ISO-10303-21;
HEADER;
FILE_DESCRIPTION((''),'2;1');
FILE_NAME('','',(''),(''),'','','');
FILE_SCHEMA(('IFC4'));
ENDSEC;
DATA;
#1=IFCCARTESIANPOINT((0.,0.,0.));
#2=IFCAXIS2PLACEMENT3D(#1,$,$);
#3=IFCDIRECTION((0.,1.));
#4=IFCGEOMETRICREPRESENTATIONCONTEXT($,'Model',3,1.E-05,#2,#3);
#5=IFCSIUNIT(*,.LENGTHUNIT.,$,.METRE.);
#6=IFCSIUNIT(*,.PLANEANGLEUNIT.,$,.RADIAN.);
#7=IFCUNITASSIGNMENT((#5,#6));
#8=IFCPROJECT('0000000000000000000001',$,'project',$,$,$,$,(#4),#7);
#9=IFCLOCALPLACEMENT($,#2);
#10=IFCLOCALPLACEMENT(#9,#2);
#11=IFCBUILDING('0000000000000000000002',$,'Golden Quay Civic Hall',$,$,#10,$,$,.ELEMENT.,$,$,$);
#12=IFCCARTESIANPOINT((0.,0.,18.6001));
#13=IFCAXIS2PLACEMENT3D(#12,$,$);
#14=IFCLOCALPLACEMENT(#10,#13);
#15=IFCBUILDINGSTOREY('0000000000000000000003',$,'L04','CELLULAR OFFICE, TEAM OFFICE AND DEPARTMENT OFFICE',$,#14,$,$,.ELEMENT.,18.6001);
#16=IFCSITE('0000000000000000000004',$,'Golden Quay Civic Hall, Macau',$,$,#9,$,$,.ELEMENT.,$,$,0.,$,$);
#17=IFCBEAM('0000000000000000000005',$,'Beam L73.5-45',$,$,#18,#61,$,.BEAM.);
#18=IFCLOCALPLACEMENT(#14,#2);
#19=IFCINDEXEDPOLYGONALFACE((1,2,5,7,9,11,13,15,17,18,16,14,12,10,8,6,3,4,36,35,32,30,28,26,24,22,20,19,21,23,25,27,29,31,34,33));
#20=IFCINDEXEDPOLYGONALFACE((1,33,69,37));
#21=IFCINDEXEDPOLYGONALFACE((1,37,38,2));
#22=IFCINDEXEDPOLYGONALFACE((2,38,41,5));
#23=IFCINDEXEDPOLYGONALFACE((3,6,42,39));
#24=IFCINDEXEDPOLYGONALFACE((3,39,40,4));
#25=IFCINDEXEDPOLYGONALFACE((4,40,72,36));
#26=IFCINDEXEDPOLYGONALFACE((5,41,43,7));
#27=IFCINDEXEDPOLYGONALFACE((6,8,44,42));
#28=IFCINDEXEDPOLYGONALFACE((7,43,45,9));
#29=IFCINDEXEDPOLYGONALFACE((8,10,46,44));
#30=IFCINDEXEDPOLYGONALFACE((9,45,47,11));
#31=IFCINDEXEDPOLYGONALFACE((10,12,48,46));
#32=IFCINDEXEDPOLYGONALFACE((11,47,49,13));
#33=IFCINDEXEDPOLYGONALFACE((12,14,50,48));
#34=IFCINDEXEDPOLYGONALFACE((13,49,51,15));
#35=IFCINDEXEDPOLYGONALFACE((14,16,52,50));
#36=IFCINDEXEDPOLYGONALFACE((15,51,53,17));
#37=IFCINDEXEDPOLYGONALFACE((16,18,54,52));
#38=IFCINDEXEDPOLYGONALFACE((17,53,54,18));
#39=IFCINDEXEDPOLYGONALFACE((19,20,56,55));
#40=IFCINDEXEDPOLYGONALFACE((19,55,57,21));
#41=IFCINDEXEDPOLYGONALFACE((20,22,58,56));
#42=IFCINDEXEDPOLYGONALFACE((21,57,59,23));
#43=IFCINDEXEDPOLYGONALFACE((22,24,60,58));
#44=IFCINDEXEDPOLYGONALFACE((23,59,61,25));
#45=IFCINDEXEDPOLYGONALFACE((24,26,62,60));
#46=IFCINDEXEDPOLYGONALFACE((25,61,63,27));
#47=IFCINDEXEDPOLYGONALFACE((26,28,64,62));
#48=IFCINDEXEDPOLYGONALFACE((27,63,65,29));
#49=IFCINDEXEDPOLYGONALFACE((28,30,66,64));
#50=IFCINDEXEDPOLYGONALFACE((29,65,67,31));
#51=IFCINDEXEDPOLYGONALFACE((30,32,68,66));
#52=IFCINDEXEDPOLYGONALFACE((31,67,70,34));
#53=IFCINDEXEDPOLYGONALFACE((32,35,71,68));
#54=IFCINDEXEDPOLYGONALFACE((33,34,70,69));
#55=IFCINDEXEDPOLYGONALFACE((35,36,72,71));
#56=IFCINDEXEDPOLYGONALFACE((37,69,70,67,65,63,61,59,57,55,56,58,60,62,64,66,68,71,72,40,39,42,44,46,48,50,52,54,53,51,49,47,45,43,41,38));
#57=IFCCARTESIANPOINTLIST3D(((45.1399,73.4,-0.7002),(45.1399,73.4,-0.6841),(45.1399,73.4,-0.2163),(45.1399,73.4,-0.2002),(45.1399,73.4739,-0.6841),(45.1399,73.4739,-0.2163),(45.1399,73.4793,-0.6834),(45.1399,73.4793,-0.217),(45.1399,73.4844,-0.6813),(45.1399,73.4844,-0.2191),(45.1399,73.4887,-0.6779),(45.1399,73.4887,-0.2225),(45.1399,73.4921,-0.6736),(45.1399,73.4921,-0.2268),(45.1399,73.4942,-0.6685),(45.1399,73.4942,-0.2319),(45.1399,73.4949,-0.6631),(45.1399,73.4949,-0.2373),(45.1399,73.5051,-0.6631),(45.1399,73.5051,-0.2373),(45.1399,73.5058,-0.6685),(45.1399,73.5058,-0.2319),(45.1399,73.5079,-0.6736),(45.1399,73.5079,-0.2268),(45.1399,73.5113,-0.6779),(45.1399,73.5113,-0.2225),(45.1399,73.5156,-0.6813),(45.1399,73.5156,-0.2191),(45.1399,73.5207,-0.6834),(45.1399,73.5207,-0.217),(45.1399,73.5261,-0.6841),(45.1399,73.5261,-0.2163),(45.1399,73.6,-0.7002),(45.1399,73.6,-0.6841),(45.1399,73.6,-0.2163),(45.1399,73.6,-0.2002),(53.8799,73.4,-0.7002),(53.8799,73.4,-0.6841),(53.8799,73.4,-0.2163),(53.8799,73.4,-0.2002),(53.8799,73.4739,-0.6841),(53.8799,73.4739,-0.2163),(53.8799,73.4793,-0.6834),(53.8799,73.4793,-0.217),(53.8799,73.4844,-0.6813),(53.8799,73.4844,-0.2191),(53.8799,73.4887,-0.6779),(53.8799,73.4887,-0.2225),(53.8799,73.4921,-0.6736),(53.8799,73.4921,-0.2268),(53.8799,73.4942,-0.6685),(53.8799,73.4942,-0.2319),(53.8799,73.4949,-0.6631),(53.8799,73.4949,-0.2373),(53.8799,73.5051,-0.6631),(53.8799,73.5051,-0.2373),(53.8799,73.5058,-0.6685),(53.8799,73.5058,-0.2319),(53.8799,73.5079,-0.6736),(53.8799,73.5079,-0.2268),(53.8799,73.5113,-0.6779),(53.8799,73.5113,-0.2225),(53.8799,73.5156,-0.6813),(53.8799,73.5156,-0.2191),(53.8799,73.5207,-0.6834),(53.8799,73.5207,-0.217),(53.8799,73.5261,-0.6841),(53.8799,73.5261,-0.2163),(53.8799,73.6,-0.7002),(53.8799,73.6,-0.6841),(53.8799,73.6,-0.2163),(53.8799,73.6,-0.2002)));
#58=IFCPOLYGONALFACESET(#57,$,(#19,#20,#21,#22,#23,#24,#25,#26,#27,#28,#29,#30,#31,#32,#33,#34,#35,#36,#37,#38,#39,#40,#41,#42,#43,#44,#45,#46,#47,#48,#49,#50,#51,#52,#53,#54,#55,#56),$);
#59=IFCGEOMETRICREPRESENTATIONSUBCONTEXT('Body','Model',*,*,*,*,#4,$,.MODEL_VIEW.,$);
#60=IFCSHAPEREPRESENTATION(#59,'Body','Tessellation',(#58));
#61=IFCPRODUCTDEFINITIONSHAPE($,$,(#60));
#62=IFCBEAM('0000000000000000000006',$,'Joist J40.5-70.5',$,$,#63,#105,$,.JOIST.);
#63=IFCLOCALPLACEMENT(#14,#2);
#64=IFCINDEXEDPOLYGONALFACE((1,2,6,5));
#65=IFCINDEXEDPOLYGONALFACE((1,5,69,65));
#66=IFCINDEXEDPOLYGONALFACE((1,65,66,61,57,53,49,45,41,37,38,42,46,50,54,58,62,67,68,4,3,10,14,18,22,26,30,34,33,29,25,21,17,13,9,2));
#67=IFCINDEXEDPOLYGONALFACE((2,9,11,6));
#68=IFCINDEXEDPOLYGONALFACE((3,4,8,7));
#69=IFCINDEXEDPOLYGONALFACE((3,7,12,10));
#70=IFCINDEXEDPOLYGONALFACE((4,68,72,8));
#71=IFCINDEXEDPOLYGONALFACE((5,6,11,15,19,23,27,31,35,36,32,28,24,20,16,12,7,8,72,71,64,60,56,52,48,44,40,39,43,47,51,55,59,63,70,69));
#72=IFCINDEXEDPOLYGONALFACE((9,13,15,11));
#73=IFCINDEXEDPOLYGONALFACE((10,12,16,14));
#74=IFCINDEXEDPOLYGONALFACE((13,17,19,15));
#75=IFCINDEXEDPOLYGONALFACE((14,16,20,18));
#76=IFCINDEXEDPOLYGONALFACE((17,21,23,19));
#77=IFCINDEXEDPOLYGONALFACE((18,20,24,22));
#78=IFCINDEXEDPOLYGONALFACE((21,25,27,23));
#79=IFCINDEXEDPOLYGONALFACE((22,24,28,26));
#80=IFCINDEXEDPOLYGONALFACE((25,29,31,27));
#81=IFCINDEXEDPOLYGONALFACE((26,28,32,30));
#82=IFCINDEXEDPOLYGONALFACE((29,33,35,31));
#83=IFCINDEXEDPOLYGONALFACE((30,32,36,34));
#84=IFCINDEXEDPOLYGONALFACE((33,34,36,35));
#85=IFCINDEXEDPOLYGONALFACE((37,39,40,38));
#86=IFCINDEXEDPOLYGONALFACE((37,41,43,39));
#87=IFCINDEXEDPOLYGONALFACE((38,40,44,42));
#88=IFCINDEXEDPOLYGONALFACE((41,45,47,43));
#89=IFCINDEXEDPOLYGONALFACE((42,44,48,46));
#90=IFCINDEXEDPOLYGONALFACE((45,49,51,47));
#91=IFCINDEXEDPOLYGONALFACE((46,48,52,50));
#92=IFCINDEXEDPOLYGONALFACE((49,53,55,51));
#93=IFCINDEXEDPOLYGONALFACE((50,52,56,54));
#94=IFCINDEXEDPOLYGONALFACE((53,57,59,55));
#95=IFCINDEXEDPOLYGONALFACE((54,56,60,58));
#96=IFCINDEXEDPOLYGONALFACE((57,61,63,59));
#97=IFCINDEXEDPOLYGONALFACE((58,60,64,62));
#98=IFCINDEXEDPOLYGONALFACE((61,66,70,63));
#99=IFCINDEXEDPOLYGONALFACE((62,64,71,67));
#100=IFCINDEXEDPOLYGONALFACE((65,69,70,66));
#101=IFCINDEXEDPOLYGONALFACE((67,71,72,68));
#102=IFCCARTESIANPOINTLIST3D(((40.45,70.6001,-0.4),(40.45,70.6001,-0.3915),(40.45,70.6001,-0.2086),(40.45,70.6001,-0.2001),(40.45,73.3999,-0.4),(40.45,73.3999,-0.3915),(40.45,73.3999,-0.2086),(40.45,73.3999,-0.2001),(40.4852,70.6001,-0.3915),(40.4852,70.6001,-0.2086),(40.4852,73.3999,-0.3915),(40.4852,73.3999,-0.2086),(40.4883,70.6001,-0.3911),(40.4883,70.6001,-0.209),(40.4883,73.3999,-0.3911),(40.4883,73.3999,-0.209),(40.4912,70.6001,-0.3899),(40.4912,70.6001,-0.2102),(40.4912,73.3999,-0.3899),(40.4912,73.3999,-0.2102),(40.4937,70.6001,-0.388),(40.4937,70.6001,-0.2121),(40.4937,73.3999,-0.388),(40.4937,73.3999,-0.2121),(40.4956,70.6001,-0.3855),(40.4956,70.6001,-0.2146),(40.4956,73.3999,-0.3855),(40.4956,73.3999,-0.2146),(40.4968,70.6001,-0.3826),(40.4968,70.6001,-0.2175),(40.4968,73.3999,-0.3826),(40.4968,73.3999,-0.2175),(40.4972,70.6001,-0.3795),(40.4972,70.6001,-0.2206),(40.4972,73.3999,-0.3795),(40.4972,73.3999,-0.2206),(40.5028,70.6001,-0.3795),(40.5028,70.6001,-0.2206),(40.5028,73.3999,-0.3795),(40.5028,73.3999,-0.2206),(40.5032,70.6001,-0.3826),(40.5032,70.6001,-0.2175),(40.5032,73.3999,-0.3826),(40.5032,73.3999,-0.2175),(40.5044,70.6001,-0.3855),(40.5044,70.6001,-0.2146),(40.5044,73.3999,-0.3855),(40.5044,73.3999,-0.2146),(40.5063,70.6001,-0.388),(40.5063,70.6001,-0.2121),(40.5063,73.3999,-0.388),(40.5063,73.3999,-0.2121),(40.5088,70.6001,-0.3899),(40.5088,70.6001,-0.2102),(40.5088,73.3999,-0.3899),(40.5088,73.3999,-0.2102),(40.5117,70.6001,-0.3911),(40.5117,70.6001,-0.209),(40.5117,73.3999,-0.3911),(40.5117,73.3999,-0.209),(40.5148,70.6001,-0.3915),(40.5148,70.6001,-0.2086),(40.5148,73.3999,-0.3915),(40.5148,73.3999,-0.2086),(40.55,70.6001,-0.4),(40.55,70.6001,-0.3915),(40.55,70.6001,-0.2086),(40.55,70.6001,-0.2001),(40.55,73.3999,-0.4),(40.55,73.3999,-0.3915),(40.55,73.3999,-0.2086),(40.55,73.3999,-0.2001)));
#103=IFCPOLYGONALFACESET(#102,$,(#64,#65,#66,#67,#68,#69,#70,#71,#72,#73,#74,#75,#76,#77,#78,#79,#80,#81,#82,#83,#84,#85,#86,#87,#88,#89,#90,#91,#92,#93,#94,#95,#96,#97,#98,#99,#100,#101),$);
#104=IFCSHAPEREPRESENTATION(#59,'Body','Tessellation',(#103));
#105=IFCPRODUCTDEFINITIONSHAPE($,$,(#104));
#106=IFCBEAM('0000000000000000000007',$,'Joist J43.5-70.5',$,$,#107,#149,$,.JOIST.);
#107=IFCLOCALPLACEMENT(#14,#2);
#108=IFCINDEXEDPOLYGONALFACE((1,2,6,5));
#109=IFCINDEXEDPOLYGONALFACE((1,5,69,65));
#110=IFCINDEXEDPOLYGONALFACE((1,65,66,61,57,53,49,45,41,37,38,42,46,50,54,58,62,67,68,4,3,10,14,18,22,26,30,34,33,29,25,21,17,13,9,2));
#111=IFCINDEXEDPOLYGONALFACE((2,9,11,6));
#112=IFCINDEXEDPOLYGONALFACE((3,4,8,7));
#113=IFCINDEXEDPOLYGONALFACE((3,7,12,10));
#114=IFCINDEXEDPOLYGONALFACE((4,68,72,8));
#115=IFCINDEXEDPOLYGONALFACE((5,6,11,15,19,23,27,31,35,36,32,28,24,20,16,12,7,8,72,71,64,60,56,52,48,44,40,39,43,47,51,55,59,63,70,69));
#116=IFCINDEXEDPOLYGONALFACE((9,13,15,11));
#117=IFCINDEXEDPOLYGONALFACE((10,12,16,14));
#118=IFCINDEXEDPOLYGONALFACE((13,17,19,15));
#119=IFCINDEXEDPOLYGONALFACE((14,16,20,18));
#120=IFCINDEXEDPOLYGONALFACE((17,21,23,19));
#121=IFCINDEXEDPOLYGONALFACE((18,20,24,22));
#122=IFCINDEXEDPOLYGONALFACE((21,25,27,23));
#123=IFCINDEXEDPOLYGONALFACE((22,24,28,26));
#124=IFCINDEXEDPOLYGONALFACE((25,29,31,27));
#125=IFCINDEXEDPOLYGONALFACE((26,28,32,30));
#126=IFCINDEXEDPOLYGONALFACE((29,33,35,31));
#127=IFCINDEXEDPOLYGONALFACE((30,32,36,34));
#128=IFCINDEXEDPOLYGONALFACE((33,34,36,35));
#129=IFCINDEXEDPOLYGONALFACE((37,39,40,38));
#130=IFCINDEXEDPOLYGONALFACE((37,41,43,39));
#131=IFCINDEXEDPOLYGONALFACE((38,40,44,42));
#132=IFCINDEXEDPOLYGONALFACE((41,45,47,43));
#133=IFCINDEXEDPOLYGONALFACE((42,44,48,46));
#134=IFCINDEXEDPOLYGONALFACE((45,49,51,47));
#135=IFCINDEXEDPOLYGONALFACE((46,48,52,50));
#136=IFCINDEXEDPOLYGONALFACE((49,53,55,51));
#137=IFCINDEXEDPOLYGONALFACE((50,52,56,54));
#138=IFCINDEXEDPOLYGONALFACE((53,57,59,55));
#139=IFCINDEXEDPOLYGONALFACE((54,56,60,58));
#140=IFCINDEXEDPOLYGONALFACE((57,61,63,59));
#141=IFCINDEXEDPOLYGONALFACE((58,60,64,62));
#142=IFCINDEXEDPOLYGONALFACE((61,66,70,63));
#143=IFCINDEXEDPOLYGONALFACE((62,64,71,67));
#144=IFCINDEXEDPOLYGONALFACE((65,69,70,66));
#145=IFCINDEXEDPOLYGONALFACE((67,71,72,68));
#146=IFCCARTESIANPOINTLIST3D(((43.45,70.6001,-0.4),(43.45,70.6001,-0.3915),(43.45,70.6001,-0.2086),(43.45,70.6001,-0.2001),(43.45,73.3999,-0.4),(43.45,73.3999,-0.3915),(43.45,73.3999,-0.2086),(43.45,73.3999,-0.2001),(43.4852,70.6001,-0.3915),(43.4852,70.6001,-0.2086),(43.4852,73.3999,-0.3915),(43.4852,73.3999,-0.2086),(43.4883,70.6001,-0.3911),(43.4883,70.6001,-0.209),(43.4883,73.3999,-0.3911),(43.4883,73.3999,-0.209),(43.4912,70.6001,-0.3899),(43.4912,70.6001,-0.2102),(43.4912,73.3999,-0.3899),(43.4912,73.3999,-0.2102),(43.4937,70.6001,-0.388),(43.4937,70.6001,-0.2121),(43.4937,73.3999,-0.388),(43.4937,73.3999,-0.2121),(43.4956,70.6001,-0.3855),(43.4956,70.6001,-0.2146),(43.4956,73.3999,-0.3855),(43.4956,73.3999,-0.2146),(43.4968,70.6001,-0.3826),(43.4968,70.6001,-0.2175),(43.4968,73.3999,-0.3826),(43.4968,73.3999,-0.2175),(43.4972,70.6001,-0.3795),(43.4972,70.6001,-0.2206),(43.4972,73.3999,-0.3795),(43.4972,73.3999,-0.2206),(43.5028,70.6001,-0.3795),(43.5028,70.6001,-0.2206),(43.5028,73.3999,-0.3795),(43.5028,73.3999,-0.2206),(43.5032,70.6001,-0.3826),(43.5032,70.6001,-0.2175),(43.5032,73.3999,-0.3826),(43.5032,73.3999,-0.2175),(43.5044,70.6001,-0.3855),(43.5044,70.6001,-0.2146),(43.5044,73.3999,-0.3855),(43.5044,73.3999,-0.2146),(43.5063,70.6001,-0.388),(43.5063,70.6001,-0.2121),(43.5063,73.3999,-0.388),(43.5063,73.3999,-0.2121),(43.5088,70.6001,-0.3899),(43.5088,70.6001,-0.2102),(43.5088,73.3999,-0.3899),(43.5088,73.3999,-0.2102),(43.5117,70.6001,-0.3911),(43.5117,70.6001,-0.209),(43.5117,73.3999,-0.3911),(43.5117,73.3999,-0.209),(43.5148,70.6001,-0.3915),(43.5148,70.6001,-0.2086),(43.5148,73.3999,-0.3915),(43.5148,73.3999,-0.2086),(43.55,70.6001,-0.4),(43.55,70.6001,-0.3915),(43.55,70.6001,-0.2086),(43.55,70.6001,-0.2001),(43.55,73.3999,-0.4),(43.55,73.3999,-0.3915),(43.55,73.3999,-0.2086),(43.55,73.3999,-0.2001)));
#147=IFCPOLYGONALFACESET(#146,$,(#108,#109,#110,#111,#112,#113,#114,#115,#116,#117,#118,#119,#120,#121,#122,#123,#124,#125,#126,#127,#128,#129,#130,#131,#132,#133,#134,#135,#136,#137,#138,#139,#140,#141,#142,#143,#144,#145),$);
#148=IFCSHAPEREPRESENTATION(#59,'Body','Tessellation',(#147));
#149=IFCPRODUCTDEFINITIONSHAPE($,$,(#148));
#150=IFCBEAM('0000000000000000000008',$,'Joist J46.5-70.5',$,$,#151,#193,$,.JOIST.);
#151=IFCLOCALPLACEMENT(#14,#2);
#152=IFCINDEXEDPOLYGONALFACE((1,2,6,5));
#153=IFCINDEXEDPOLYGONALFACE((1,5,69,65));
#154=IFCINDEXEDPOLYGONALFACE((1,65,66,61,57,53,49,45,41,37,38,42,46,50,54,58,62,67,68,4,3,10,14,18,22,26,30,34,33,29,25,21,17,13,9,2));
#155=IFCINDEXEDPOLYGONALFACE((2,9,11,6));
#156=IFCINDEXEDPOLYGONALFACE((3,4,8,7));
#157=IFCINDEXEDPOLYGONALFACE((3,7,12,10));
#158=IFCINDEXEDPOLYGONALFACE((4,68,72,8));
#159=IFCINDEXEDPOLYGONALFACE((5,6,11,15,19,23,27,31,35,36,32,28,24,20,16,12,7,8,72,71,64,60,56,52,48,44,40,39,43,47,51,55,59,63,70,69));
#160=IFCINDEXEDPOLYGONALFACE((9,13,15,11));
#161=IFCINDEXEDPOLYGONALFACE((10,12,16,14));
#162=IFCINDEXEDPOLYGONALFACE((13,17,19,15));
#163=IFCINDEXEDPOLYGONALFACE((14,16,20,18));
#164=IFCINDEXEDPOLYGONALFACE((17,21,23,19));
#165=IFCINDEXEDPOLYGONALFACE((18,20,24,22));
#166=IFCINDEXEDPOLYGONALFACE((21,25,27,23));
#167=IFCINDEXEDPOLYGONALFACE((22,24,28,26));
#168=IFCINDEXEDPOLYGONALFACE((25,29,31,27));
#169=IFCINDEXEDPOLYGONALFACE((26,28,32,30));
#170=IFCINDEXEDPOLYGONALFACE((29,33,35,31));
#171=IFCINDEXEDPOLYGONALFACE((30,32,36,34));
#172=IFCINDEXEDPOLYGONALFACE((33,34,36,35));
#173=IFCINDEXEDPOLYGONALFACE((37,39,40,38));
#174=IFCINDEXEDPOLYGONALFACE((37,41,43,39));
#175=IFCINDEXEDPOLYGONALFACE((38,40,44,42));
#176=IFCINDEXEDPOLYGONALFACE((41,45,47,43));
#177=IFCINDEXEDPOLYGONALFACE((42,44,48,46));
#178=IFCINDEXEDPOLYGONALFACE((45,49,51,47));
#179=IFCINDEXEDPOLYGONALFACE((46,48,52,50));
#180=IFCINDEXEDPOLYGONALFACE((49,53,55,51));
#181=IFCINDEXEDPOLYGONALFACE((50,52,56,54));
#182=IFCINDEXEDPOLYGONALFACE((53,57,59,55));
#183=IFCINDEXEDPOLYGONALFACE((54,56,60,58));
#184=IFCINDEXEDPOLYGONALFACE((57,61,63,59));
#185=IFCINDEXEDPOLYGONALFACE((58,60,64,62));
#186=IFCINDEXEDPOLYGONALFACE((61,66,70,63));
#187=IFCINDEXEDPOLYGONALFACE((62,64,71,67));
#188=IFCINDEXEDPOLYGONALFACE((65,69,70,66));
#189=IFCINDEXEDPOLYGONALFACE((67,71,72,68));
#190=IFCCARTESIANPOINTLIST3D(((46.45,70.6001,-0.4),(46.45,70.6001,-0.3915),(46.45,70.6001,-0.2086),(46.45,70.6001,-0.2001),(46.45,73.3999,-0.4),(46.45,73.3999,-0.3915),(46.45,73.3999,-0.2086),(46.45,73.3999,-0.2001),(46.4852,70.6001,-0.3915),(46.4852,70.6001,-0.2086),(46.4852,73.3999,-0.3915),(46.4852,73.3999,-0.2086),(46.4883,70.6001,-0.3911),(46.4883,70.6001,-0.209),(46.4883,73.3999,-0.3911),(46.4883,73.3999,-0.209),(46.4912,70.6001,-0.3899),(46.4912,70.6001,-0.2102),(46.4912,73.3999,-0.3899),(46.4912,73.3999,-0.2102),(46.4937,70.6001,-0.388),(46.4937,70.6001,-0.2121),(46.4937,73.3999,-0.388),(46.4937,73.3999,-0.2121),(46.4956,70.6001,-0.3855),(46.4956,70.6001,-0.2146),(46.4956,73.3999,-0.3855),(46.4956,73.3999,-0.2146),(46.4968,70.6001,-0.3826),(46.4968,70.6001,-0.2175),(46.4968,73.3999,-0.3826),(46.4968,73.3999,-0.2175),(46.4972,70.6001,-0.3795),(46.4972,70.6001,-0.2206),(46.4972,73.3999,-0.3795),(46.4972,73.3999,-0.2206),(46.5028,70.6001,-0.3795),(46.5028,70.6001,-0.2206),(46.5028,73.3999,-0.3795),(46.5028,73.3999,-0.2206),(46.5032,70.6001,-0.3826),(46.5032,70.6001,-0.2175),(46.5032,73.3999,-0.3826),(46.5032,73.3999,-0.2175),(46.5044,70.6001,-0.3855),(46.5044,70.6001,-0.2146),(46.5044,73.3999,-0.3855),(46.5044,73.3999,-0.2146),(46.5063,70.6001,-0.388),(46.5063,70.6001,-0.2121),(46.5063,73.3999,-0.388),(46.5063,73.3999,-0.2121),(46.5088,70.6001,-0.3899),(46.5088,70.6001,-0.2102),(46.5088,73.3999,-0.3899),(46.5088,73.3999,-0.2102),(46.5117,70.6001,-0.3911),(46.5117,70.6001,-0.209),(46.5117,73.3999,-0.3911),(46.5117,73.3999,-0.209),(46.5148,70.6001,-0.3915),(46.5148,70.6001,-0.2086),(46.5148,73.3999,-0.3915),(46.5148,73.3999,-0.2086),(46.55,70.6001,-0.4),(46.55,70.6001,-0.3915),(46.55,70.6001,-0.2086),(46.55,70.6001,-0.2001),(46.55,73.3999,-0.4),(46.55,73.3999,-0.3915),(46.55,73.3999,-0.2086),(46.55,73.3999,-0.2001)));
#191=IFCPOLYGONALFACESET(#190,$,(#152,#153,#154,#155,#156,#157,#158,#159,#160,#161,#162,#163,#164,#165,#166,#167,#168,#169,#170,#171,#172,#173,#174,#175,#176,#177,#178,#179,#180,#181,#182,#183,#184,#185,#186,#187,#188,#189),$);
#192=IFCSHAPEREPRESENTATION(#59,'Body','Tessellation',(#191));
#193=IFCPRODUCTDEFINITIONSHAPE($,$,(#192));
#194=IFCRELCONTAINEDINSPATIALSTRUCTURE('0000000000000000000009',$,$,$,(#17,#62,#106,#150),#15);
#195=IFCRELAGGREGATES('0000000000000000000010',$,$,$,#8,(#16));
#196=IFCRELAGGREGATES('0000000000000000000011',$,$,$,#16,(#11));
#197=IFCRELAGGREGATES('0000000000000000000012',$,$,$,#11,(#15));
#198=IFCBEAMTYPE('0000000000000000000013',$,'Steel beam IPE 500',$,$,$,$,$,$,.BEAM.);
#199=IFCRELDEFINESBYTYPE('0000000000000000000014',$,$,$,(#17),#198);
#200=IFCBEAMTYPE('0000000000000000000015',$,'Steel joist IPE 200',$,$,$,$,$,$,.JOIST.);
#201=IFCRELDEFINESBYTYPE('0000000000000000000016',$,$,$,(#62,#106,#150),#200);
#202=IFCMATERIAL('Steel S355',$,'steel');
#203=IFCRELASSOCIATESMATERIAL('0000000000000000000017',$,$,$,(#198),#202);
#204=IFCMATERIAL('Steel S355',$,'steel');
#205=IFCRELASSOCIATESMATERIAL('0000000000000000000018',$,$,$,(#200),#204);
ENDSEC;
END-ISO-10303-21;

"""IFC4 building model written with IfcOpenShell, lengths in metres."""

from ifc_helpers import new_model, si_unit, direction, frame, origin, origin_2d, place, context, subcontext, project, spatial, i_section, extrude, material, material_profile, profile_set, type_object, element, save


model = new_model("IFC4")

# Units and contexts
model_context = context("Model", 3, precision=1e-05, world=origin(), true_north=direction((0.0, 1.0)))
body_context = subcontext(model_context, "Body", "Model", "MODEL_VIEW")
ifc_project = project(units=[si_unit("LENGTHUNIT", "METRE"), si_unit("PLANEANGLEUNIT", "RADIAN")], contexts=[model_context])

# Site, building, storey
site_placement = place(None, origin())
site = spatial("IfcSite", under=ifc_project, at=site_placement, Name="Golden Quay Civic Hall, Macau", CompositionType="ELEMENT", RefElevation=0.0)
building_placement = place(site_placement, origin())
building = spatial("IfcBuilding", under=site, at=building_placement, Name="Golden Quay Civic Hall", CompositionType="ELEMENT")
storey_placement = place(building_placement, frame((0.0, 0.0, 18.6001)))
storey = spatial("IfcBuildingStorey", under=building, at=storey_placement, Name="L04", Description="CELLULAR OFFICE, TEAM OFFICE AND DEPARTMENT OFFICE", CompositionType="ELEMENT", Elevation=18.6001)

# Beams
ifc_material_1 = material(Name="Steel S355", Category="steel")
ifc_material_profile_1 = material_profile(ifc_material_1, i_section(OverallWidth=0.2, OverallDepth=0.5, WebThickness=0.0103, FlangeThickness=0.0161, FilletRadius=0.021, at=origin_2d()), Name="IPE 500")
ifc_profile_set_1 = profile_set([ifc_material_profile_1], Name="Steel S355")
beam_type_1 = type_object("IfcBeamType", Name="Steel beam IPE 500", PredefinedType="BEAM", material=ifc_profile_set_1)
beam_1_placement = place(storey_placement, frame((45.1399, 73.5, -0.4502), z_axis=(1.0, 0.0, 0.0), x_axis=(0.0, 1.0, 0.0)))
element("IfcBeam", 1, at=beam_1_placement, inside=storey, type_object=beam_type_1, Name="Beam L73.5-45", PredefinedType="BEAM", context=body_context, shape_type="SweptSolid", body=[
    extrude(i_section(OverallWidth=0.2, OverallDepth=0.5, WebThickness=0.0103, FlangeThickness=0.0161, FilletRadius=0.021, at=origin_2d()), origin(), (0.0, 0.0, 1.0), 8.74),
])
ifc_material_2 = material(Name="Steel S355", Category="steel")
ifc_material_profile_2 = material_profile(ifc_material_2, i_section(OverallWidth=0.1001, OverallDepth=0.2, WebThickness=0.0056, FlangeThickness=0.0085, FilletRadius=0.012, at=origin_2d()), Name="IPE 200")
ifc_profile_set_2 = profile_set([ifc_material_profile_2], Name="Steel S355")
beam_type_2 = type_object("IfcBeamType", Name="Steel joist IPE 200", PredefinedType="JOIST", material=ifc_profile_set_2)
for number, where, z_axis, x_axis, name in (
    (2, (40.5, 70.6001, -0.3), (0.0, 1.0, 0.0), (-1.0, 0.0, 0.0), "Joist J40.5-70.5"),
    (3, (43.5, 70.6001, -0.3), (0.0, 1.0, 0.0), (-1.0, 0.0, 0.0), "Joist J43.5-70.5"),
    (4, (46.5, 70.6001, -0.3), (0.0, 1.0, 0.0), (-1.0, 0.0, 0.0), "Joist J46.5-70.5"),
):
    element("IfcBeam", number, at=place(storey_placement, frame(where, z_axis=z_axis, x_axis=x_axis)), inside=storey, type_object=beam_type_2, Name=name, PredefinedType="JOIST", context=body_context, shape_type="SweptSolid", body=[
        extrude(i_section(OverallWidth=0.1001, OverallDepth=0.2, WebThickness=0.0056, FlangeThickness=0.0085, FilletRadius=0.012, at=origin_2d()), origin(), (0.0, 0.0, 1.0), 2.7998),
    ])

save(model, "model.ifc")
